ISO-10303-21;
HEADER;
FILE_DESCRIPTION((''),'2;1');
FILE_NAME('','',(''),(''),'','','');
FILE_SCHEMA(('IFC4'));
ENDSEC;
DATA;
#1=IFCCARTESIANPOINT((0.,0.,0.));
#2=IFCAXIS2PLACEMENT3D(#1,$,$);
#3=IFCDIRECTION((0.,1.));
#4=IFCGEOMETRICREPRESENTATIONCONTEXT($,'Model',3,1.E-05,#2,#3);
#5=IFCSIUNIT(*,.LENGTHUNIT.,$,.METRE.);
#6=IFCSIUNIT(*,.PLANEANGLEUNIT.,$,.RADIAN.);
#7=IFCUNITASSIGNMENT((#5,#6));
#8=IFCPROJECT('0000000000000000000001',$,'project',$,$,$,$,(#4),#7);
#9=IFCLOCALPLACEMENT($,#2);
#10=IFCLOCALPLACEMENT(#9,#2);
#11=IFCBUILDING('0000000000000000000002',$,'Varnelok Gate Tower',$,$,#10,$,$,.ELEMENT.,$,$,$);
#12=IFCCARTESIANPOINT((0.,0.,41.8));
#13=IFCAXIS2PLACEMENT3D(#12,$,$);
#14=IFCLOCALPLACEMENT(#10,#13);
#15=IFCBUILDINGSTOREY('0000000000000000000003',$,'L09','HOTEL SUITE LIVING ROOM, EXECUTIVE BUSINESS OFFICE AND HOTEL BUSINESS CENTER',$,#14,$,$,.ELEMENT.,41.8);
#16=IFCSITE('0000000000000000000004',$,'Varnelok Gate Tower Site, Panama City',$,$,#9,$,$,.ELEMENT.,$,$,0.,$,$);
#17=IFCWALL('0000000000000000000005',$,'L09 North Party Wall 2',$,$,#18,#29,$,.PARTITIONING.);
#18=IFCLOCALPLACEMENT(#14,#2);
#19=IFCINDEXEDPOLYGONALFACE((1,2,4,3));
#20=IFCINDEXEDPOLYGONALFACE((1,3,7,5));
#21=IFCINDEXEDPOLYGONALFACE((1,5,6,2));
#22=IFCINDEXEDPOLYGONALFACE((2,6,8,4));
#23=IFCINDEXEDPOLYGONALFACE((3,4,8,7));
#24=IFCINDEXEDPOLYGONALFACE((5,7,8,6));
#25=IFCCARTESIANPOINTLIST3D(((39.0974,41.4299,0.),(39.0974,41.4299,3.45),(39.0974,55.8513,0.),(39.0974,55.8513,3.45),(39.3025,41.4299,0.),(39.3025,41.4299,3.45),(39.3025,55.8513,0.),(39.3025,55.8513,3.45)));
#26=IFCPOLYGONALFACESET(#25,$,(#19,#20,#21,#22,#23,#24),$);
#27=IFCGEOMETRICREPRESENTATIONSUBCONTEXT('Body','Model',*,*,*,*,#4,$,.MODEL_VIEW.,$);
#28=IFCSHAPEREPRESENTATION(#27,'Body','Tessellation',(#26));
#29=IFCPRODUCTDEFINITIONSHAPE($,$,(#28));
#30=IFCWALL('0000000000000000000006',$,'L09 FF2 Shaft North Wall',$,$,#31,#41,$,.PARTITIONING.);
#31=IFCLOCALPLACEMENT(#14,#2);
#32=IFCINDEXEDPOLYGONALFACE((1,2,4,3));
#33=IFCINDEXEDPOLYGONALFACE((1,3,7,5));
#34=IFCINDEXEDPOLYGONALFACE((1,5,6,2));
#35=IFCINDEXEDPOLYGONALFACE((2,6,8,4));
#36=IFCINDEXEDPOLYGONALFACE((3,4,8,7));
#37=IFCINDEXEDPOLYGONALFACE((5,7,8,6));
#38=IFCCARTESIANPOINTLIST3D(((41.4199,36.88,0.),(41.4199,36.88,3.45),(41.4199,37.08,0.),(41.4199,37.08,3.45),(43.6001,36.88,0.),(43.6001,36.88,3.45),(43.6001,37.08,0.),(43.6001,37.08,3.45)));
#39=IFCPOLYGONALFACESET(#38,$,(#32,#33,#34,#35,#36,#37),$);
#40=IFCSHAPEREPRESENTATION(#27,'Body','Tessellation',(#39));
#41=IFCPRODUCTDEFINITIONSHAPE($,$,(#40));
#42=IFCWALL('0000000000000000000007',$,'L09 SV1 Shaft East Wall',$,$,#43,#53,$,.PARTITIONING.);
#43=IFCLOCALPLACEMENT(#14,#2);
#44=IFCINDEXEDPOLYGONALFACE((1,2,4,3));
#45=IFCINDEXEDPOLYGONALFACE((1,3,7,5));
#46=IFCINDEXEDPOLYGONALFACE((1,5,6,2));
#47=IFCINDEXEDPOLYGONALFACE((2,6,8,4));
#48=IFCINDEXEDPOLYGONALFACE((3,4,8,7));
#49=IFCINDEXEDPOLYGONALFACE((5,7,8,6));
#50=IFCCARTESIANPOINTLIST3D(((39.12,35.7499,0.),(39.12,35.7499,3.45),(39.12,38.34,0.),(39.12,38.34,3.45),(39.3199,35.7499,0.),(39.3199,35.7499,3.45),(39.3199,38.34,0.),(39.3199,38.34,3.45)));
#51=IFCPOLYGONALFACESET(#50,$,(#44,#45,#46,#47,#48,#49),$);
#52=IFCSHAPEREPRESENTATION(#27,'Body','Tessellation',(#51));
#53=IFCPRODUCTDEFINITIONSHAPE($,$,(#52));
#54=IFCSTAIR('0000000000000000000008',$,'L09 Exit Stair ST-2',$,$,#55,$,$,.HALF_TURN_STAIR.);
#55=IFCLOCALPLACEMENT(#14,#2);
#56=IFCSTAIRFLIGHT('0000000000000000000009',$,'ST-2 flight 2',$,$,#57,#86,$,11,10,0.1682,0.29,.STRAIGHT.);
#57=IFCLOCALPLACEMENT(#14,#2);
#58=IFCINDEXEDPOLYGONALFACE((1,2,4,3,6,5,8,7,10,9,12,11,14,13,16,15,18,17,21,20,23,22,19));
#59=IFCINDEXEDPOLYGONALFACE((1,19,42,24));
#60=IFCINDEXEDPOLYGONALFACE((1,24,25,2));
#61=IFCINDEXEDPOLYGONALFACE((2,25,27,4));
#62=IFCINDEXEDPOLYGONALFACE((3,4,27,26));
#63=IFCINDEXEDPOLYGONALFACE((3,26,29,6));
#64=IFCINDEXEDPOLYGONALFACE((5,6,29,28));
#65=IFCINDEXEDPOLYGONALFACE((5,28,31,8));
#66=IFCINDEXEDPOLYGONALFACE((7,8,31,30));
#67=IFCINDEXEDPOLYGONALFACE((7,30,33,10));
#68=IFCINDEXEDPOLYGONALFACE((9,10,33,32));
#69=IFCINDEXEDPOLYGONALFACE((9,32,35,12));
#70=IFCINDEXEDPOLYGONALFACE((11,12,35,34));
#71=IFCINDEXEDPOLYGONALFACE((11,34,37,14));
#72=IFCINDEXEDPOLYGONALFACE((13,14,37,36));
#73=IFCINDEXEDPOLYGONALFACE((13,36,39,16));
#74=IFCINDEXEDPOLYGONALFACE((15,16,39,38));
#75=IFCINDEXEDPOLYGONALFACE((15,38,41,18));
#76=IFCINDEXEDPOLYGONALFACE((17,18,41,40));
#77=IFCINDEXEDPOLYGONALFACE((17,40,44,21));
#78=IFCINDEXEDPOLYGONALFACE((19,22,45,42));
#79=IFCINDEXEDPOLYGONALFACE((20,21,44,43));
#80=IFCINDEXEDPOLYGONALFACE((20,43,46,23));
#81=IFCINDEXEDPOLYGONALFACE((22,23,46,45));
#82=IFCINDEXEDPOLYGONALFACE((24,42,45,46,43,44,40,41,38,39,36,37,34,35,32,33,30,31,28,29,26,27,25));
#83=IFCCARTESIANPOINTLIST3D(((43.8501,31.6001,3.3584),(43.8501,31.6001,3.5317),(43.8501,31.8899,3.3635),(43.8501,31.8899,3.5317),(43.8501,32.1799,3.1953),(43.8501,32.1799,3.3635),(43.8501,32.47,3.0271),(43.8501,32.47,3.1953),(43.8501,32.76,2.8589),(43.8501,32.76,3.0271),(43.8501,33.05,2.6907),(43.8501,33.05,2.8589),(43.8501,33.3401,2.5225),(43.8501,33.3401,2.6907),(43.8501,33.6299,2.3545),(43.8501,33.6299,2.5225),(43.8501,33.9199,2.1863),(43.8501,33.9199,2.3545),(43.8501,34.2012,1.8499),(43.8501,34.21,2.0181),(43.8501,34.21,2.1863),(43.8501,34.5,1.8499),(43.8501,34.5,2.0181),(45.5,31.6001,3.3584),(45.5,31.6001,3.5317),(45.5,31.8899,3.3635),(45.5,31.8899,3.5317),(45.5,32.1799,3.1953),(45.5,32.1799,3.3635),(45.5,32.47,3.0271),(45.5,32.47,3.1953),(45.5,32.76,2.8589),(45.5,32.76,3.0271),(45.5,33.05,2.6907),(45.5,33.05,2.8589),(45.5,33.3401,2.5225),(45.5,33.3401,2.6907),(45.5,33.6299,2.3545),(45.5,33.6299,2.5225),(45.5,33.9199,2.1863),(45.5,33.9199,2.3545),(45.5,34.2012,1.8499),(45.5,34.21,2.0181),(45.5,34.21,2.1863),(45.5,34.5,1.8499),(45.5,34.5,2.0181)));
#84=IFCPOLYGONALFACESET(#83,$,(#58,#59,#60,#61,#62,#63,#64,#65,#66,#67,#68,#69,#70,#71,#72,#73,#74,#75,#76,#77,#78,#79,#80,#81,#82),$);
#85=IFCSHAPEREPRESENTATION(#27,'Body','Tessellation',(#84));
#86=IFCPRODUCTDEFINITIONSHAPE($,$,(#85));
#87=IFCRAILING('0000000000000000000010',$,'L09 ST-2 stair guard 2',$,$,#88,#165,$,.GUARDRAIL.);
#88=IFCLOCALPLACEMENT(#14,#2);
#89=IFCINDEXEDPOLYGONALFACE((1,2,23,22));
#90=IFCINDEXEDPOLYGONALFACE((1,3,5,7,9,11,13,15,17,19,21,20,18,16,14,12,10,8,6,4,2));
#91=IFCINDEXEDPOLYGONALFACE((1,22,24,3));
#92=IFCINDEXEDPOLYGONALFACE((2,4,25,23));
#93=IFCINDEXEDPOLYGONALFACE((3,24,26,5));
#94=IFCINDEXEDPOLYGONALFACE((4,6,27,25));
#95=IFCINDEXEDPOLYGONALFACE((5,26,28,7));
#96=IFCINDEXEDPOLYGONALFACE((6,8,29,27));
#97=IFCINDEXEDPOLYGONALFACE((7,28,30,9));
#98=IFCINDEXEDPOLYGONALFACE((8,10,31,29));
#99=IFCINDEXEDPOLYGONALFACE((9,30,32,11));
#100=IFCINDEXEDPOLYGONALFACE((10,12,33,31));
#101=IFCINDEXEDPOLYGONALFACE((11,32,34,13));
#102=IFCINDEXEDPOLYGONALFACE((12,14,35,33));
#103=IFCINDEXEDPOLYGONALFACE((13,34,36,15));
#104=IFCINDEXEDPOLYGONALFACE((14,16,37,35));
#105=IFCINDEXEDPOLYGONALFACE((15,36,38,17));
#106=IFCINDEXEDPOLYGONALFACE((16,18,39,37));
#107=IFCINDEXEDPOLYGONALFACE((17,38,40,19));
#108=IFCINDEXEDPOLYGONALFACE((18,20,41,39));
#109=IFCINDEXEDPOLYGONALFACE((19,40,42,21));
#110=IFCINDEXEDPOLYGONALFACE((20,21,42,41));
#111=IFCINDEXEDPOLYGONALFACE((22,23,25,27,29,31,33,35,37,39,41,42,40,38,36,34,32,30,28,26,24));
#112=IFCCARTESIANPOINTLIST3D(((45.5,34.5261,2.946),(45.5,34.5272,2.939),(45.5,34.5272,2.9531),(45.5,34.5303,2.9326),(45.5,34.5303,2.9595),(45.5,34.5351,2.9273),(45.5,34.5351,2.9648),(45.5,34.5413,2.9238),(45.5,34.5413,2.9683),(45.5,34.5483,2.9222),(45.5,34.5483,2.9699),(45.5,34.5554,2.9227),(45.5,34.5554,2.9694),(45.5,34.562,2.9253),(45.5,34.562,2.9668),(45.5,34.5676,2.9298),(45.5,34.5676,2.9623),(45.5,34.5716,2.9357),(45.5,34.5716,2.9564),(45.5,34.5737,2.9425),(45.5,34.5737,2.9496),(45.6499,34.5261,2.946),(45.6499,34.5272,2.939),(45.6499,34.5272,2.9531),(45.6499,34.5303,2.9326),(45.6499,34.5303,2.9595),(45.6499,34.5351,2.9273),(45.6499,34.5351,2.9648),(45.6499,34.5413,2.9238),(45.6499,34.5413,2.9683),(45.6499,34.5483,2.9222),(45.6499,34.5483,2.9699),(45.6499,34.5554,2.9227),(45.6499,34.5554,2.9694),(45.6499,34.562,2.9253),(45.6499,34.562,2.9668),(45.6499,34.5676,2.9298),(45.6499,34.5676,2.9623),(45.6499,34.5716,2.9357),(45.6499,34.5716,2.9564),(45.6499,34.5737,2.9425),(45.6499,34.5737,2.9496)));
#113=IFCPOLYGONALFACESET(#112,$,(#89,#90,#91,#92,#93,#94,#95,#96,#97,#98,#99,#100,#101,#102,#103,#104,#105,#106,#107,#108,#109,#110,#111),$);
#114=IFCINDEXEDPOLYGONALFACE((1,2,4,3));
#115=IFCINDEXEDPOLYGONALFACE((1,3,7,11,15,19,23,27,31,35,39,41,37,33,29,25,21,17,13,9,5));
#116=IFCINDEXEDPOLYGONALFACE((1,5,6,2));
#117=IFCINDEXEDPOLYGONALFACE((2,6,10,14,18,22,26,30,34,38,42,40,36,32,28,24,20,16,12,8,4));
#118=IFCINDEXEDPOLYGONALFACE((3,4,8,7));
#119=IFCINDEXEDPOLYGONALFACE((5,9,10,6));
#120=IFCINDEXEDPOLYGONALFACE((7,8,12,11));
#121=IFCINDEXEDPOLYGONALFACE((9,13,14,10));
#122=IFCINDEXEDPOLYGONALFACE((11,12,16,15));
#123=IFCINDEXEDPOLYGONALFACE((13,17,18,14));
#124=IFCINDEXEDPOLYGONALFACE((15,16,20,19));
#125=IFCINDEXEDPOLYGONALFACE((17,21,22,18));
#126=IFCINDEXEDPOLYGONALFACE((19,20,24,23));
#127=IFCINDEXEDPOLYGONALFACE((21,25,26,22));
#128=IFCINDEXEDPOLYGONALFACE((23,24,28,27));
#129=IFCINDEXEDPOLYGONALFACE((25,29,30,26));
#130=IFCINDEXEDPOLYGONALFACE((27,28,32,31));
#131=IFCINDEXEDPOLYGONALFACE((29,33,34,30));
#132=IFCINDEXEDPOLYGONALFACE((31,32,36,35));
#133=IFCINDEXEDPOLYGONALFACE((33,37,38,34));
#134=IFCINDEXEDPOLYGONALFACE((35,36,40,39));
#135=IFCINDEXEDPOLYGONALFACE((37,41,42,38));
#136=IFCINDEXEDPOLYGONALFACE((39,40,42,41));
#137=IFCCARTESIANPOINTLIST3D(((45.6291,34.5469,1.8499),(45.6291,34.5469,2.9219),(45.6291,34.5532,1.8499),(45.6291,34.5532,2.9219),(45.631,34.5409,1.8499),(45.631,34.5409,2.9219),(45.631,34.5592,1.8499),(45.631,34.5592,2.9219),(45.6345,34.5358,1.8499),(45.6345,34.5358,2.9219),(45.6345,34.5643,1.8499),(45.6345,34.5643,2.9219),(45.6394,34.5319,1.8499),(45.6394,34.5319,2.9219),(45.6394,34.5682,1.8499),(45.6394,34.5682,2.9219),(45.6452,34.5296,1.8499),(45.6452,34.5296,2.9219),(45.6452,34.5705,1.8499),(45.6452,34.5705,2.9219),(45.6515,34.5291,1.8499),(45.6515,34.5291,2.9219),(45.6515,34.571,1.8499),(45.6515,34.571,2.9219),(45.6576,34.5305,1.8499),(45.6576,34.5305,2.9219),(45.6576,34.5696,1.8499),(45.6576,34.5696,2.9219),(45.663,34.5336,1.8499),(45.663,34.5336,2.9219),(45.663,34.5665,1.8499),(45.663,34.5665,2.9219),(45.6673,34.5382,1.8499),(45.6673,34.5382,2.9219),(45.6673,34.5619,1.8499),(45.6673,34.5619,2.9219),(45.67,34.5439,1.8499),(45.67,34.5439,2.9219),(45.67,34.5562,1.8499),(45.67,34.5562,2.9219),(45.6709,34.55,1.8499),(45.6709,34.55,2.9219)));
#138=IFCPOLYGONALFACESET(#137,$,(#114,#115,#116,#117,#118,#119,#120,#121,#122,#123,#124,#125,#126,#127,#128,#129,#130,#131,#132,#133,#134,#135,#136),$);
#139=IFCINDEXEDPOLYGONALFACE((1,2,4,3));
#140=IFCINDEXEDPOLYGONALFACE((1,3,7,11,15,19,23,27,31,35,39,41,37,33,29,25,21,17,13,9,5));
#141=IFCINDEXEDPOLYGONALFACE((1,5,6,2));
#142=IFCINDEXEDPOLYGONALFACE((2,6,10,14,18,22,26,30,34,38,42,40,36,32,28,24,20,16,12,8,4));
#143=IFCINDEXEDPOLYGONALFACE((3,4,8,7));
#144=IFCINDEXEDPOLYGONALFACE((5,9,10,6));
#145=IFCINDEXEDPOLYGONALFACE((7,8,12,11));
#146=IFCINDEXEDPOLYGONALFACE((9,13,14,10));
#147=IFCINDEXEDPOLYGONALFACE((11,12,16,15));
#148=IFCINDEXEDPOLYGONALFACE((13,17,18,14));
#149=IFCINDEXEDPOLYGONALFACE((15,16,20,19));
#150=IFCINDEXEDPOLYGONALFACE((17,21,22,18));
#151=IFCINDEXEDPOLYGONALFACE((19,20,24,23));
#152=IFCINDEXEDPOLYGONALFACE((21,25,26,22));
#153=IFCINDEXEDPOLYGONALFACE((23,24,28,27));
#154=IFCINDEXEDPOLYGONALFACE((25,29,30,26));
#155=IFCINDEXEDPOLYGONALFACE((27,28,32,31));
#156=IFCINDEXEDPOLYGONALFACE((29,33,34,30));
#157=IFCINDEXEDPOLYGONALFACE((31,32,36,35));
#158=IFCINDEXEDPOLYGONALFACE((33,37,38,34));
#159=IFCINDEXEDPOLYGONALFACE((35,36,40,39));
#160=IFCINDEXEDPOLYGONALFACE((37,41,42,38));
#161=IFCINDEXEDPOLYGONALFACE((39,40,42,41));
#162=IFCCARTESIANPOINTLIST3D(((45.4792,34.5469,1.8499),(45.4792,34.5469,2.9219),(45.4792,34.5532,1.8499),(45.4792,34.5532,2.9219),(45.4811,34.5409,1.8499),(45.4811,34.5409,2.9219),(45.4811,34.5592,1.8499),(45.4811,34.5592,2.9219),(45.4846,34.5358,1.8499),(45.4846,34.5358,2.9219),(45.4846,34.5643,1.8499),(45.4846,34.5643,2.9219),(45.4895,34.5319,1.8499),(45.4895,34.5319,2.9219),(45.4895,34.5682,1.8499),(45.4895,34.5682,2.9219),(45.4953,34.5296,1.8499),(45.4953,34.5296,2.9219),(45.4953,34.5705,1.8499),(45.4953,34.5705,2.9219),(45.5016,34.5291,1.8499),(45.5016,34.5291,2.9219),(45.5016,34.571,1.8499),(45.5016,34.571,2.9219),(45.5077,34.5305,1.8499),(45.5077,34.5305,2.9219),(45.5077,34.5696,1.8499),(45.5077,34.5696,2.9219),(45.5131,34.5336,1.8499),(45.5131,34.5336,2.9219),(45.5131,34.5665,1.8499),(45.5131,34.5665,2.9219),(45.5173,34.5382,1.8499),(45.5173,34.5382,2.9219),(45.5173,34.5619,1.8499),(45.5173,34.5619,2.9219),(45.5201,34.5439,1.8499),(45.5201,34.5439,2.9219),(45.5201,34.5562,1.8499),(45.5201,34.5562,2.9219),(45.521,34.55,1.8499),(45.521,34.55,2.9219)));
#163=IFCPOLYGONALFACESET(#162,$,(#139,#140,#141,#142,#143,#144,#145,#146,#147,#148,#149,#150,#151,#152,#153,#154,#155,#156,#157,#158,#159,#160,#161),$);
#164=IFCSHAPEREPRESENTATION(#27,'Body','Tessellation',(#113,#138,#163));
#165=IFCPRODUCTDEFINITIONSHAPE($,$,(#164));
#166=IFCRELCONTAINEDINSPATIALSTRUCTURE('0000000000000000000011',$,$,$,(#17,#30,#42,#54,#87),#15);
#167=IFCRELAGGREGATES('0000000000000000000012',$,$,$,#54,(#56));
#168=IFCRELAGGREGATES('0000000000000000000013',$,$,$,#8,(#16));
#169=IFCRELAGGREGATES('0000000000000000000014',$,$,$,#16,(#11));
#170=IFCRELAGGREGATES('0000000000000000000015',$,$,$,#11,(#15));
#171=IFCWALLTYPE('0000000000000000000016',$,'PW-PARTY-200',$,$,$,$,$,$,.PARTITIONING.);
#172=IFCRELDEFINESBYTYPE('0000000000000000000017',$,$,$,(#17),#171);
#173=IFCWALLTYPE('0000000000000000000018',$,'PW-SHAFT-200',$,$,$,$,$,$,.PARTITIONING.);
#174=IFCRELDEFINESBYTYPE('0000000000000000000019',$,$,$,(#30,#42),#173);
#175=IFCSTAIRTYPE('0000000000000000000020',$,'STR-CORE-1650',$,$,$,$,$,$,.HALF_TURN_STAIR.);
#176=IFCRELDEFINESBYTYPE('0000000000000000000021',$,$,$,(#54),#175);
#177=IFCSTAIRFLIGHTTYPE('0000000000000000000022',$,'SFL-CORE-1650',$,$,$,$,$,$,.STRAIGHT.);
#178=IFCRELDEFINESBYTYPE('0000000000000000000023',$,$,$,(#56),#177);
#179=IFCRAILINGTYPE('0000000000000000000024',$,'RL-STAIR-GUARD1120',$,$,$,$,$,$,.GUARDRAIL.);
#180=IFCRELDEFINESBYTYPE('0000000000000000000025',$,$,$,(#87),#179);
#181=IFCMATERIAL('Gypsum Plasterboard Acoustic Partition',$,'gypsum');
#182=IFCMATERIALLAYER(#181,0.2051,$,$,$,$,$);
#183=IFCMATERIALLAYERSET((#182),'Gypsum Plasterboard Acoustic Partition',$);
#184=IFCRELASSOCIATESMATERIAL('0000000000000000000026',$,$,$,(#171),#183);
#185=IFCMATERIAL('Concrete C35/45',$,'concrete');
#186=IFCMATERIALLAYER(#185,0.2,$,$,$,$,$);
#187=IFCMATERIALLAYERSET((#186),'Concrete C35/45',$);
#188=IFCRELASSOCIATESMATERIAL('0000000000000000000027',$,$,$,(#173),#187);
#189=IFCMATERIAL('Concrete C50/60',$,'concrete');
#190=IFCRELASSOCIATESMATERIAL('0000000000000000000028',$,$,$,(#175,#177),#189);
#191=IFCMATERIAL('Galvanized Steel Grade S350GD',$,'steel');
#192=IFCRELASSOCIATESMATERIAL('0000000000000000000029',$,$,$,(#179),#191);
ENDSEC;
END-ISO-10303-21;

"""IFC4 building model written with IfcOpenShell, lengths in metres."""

from ifc_helpers import new_model, si_unit, direction, frame, frame_2d, origin, origin_2d, place, context, subcontext, project, spatial, polyline, rectangle, circle, outline, extrude, material, layer, layer_set, type_object, element, aggregate, save


model = new_model("IFC4")

# Units and contexts
model_context = context("Model", 3, precision=1e-05, world=origin(), true_north=direction((0.0, 1.0)))
body_context = subcontext(model_context, "Body", "Model", "MODEL_VIEW")
ifc_project = project(units=[si_unit("LENGTHUNIT", "METRE"), si_unit("PLANEANGLEUNIT", "RADIAN")], contexts=[model_context])

# Site, building, storey
site_placement = place(None, origin())
site = spatial("IfcSite", under=ifc_project, at=site_placement, Name="Varnelok Gate Tower Site, Panama City", CompositionType="ELEMENT", RefElevation=0.0)
building_placement = place(site_placement, origin())
building = spatial("IfcBuilding", under=site, at=building_placement, Name="Varnelok Gate Tower", CompositionType="ELEMENT")
storey_placement = place(building_placement, frame((0.0, 0.0, 41.8)))
storey = spatial("IfcBuildingStorey", under=building, at=storey_placement, Name="L09", Description="HOTEL SUITE LIVING ROOM, EXECUTIVE BUSINESS OFFICE AND HOTEL BUSINESS CENTER", CompositionType="ELEMENT", Elevation=41.8)

# Shared definitions
ifc_material_1 = material(Name="Gypsum Plasterboard Acoustic Partition", Category="gypsum")
ifc_material_2 = material(Name="Galvanized Steel Grade S350GD", Category="steel")

# Walls
ifc_layer_1 = layer(ifc_material_1, 0.2051)
ifc_layer_set_1 = layer_set([ifc_layer_1], Name="Gypsum Plasterboard Acoustic Partition")
wall_type_1 = type_object("IfcWallType", Name="PW-PARTY-200", PredefinedType="PARTITIONING", material=ifc_layer_set_1)
wall_1_placement = place(storey_placement, frame((39.2, 41.4299, 0.0), z_axis=(0.0, 0.0, 1.0), x_axis=(0.0, 1.0, 0.0)))
element("IfcWall", 1, at=wall_1_placement, inside=storey, type_object=wall_type_1, Name="L09 North Party Wall 2", PredefinedType="PARTITIONING", context=body_context, shape_type="SweptSolid", body=[
    extrude(rectangle(XDim=14.4214, YDim=0.2051, at=frame_2d((7.2107, 0.0))), origin(), (0.0, 0.0, 1.0), 3.45),
])
ifc_material_3 = material(Name="Concrete C35/45", Category="concrete")
ifc_layer_2 = layer(ifc_material_3, 0.2)
ifc_layer_set_2 = layer_set([ifc_layer_2], Name="Concrete C35/45")
wall_type_2 = type_object("IfcWallType", Name="PW-SHAFT-200", PredefinedType="PARTITIONING", material=ifc_layer_set_2)
wall_2_placement = place(storey_placement, frame((41.4199, 36.98, 0.0), z_axis=(0.0, 0.0, 1.0), x_axis=(1.0, 0.0, 0.0)))
element("IfcWall", 2, at=wall_2_placement, inside=storey, type_object=wall_type_2, Name="L09 FF2 Shaft North Wall", PredefinedType="PARTITIONING", context=body_context, shape_type="SweptSolid", body=[
    extrude(rectangle(XDim=2.1802, YDim=0.2, at=frame_2d((1.0901, 0.0))), origin(), (0.0, 0.0, 1.0), 3.45),
])
wall_3_placement = place(storey_placement, frame((39.22, 35.75, 0.0), z_axis=(0.0, 0.0, 1.0), x_axis=(0.0, 1.0, 0.0)))
element("IfcWall", 3, at=wall_3_placement, inside=storey, type_object=wall_type_2, Name="L09 SV1 Shaft East Wall", PredefinedType="PARTITIONING", context=body_context, shape_type="SweptSolid", body=[
    extrude(rectangle(XDim=2.5901, YDim=0.2, at=frame_2d((1.2949, 0.0))), origin(), (0.0, 0.0, 1.0), 3.45),
])

# Stair, stair flight
ifc_material_4 = material(Name="Concrete C50/60", Category="concrete")
stair_type = type_object("IfcStairType", Name="STR-CORE-1650", PredefinedType="HALF_TURN_STAIR", material=ifc_material_4)
stair_placement = place(storey_placement, origin())
stair = element("IfcStair", 4, at=stair_placement, inside=storey, type_object=stair_type, Name="L09 Exit Stair ST-2", PredefinedType="HALF_TURN_STAIR")
stair_flight_type = type_object("IfcStairFlightType", Name="SFL-CORE-1650", PredefinedType="STRAIGHT", material=ifc_material_4)
stair_flight_placement = place(storey_placement, frame((44.675, 34.5, 1.8499), z_axis=(0.0, 0.0, 1.0), x_axis=(0.0, -1.0, 0.0)))
stair_flight = element("IfcStairFlight", 5, at=stair_flight_placement, type_object=stair_flight_type, Name="ST-2 flight 2", NumberOfRisers=11, NumberOfTreads=10, PredefinedType="STRAIGHT", RiserHeight=0.1682, TreadLength=0.29, context=body_context, shape_type="SweptSolid", body=[
    extrude(outline(polyline([(0.0, 0.0), (0.0, 0.1682), (0.29, 0.1682), (0.29, 0.3364), (0.5801, 0.3364), (0.5801, 0.5046), (0.8701, 0.5046), (0.8701, 0.6726), (1.1599, 0.6726), (1.1599, 0.8408), (1.45, 0.8408), (1.45, 1.009), (1.74, 1.009), (1.74, 1.1772), (2.03, 1.1772), (2.03, 1.3455), (2.3201, 1.3455), (2.3201, 1.5137), (2.6101, 1.5137), (2.6101, 1.6819), (2.8999, 1.6819), (2.8999, 1.8501), (2.8999, 1.5085), (0.2988, 0.0), (0.0, 0.0)])), frame((0.0, 0.825, 0.0), z_axis=(0.0, -1.0, 0.0), x_axis=(1.0, 0.0, 0.0)), (0.0, 0.0, 1.0), 1.6499),
])
aggregate(stair, [stair_flight])

# Railing
railing_type_1 = type_object("IfcRailingType", Name="RL-STAIR-GUARD1120", PredefinedType="GUARDRAIL", material=ifc_material_2)
railing_1_placement = place(storey_placement, frame((45.6499, 34.55, 1.8499)))
element("IfcRailing", 6, at=railing_1_placement, inside=storey, type_object=railing_type_1, Name="L09 ST-2 stair guard 2", PredefinedType="GUARDRAIL", context=body_context, shape_type="SweptSolid", body=[
    extrude(circle(Radius=0.0239, at=origin_2d()), frame((0.0, 0.0, 1.0962), z_axis=(-1.0, 0.0, 0.0), x_axis=(0.0, -1.0, 0.0)), (0.0, 0.0, 1.0), 0.1499),
    extrude(circle(Radius=0.021, at=origin_2d()), origin(), (0.0, 0.0, 1.0), 1.072),
    extrude(circle(Radius=0.021, at=origin_2d()), frame((-0.1499, 0.0, 0.0)), (0.0, 0.0, 1.0), 1.072),
])

save(model, "model.ifc")
